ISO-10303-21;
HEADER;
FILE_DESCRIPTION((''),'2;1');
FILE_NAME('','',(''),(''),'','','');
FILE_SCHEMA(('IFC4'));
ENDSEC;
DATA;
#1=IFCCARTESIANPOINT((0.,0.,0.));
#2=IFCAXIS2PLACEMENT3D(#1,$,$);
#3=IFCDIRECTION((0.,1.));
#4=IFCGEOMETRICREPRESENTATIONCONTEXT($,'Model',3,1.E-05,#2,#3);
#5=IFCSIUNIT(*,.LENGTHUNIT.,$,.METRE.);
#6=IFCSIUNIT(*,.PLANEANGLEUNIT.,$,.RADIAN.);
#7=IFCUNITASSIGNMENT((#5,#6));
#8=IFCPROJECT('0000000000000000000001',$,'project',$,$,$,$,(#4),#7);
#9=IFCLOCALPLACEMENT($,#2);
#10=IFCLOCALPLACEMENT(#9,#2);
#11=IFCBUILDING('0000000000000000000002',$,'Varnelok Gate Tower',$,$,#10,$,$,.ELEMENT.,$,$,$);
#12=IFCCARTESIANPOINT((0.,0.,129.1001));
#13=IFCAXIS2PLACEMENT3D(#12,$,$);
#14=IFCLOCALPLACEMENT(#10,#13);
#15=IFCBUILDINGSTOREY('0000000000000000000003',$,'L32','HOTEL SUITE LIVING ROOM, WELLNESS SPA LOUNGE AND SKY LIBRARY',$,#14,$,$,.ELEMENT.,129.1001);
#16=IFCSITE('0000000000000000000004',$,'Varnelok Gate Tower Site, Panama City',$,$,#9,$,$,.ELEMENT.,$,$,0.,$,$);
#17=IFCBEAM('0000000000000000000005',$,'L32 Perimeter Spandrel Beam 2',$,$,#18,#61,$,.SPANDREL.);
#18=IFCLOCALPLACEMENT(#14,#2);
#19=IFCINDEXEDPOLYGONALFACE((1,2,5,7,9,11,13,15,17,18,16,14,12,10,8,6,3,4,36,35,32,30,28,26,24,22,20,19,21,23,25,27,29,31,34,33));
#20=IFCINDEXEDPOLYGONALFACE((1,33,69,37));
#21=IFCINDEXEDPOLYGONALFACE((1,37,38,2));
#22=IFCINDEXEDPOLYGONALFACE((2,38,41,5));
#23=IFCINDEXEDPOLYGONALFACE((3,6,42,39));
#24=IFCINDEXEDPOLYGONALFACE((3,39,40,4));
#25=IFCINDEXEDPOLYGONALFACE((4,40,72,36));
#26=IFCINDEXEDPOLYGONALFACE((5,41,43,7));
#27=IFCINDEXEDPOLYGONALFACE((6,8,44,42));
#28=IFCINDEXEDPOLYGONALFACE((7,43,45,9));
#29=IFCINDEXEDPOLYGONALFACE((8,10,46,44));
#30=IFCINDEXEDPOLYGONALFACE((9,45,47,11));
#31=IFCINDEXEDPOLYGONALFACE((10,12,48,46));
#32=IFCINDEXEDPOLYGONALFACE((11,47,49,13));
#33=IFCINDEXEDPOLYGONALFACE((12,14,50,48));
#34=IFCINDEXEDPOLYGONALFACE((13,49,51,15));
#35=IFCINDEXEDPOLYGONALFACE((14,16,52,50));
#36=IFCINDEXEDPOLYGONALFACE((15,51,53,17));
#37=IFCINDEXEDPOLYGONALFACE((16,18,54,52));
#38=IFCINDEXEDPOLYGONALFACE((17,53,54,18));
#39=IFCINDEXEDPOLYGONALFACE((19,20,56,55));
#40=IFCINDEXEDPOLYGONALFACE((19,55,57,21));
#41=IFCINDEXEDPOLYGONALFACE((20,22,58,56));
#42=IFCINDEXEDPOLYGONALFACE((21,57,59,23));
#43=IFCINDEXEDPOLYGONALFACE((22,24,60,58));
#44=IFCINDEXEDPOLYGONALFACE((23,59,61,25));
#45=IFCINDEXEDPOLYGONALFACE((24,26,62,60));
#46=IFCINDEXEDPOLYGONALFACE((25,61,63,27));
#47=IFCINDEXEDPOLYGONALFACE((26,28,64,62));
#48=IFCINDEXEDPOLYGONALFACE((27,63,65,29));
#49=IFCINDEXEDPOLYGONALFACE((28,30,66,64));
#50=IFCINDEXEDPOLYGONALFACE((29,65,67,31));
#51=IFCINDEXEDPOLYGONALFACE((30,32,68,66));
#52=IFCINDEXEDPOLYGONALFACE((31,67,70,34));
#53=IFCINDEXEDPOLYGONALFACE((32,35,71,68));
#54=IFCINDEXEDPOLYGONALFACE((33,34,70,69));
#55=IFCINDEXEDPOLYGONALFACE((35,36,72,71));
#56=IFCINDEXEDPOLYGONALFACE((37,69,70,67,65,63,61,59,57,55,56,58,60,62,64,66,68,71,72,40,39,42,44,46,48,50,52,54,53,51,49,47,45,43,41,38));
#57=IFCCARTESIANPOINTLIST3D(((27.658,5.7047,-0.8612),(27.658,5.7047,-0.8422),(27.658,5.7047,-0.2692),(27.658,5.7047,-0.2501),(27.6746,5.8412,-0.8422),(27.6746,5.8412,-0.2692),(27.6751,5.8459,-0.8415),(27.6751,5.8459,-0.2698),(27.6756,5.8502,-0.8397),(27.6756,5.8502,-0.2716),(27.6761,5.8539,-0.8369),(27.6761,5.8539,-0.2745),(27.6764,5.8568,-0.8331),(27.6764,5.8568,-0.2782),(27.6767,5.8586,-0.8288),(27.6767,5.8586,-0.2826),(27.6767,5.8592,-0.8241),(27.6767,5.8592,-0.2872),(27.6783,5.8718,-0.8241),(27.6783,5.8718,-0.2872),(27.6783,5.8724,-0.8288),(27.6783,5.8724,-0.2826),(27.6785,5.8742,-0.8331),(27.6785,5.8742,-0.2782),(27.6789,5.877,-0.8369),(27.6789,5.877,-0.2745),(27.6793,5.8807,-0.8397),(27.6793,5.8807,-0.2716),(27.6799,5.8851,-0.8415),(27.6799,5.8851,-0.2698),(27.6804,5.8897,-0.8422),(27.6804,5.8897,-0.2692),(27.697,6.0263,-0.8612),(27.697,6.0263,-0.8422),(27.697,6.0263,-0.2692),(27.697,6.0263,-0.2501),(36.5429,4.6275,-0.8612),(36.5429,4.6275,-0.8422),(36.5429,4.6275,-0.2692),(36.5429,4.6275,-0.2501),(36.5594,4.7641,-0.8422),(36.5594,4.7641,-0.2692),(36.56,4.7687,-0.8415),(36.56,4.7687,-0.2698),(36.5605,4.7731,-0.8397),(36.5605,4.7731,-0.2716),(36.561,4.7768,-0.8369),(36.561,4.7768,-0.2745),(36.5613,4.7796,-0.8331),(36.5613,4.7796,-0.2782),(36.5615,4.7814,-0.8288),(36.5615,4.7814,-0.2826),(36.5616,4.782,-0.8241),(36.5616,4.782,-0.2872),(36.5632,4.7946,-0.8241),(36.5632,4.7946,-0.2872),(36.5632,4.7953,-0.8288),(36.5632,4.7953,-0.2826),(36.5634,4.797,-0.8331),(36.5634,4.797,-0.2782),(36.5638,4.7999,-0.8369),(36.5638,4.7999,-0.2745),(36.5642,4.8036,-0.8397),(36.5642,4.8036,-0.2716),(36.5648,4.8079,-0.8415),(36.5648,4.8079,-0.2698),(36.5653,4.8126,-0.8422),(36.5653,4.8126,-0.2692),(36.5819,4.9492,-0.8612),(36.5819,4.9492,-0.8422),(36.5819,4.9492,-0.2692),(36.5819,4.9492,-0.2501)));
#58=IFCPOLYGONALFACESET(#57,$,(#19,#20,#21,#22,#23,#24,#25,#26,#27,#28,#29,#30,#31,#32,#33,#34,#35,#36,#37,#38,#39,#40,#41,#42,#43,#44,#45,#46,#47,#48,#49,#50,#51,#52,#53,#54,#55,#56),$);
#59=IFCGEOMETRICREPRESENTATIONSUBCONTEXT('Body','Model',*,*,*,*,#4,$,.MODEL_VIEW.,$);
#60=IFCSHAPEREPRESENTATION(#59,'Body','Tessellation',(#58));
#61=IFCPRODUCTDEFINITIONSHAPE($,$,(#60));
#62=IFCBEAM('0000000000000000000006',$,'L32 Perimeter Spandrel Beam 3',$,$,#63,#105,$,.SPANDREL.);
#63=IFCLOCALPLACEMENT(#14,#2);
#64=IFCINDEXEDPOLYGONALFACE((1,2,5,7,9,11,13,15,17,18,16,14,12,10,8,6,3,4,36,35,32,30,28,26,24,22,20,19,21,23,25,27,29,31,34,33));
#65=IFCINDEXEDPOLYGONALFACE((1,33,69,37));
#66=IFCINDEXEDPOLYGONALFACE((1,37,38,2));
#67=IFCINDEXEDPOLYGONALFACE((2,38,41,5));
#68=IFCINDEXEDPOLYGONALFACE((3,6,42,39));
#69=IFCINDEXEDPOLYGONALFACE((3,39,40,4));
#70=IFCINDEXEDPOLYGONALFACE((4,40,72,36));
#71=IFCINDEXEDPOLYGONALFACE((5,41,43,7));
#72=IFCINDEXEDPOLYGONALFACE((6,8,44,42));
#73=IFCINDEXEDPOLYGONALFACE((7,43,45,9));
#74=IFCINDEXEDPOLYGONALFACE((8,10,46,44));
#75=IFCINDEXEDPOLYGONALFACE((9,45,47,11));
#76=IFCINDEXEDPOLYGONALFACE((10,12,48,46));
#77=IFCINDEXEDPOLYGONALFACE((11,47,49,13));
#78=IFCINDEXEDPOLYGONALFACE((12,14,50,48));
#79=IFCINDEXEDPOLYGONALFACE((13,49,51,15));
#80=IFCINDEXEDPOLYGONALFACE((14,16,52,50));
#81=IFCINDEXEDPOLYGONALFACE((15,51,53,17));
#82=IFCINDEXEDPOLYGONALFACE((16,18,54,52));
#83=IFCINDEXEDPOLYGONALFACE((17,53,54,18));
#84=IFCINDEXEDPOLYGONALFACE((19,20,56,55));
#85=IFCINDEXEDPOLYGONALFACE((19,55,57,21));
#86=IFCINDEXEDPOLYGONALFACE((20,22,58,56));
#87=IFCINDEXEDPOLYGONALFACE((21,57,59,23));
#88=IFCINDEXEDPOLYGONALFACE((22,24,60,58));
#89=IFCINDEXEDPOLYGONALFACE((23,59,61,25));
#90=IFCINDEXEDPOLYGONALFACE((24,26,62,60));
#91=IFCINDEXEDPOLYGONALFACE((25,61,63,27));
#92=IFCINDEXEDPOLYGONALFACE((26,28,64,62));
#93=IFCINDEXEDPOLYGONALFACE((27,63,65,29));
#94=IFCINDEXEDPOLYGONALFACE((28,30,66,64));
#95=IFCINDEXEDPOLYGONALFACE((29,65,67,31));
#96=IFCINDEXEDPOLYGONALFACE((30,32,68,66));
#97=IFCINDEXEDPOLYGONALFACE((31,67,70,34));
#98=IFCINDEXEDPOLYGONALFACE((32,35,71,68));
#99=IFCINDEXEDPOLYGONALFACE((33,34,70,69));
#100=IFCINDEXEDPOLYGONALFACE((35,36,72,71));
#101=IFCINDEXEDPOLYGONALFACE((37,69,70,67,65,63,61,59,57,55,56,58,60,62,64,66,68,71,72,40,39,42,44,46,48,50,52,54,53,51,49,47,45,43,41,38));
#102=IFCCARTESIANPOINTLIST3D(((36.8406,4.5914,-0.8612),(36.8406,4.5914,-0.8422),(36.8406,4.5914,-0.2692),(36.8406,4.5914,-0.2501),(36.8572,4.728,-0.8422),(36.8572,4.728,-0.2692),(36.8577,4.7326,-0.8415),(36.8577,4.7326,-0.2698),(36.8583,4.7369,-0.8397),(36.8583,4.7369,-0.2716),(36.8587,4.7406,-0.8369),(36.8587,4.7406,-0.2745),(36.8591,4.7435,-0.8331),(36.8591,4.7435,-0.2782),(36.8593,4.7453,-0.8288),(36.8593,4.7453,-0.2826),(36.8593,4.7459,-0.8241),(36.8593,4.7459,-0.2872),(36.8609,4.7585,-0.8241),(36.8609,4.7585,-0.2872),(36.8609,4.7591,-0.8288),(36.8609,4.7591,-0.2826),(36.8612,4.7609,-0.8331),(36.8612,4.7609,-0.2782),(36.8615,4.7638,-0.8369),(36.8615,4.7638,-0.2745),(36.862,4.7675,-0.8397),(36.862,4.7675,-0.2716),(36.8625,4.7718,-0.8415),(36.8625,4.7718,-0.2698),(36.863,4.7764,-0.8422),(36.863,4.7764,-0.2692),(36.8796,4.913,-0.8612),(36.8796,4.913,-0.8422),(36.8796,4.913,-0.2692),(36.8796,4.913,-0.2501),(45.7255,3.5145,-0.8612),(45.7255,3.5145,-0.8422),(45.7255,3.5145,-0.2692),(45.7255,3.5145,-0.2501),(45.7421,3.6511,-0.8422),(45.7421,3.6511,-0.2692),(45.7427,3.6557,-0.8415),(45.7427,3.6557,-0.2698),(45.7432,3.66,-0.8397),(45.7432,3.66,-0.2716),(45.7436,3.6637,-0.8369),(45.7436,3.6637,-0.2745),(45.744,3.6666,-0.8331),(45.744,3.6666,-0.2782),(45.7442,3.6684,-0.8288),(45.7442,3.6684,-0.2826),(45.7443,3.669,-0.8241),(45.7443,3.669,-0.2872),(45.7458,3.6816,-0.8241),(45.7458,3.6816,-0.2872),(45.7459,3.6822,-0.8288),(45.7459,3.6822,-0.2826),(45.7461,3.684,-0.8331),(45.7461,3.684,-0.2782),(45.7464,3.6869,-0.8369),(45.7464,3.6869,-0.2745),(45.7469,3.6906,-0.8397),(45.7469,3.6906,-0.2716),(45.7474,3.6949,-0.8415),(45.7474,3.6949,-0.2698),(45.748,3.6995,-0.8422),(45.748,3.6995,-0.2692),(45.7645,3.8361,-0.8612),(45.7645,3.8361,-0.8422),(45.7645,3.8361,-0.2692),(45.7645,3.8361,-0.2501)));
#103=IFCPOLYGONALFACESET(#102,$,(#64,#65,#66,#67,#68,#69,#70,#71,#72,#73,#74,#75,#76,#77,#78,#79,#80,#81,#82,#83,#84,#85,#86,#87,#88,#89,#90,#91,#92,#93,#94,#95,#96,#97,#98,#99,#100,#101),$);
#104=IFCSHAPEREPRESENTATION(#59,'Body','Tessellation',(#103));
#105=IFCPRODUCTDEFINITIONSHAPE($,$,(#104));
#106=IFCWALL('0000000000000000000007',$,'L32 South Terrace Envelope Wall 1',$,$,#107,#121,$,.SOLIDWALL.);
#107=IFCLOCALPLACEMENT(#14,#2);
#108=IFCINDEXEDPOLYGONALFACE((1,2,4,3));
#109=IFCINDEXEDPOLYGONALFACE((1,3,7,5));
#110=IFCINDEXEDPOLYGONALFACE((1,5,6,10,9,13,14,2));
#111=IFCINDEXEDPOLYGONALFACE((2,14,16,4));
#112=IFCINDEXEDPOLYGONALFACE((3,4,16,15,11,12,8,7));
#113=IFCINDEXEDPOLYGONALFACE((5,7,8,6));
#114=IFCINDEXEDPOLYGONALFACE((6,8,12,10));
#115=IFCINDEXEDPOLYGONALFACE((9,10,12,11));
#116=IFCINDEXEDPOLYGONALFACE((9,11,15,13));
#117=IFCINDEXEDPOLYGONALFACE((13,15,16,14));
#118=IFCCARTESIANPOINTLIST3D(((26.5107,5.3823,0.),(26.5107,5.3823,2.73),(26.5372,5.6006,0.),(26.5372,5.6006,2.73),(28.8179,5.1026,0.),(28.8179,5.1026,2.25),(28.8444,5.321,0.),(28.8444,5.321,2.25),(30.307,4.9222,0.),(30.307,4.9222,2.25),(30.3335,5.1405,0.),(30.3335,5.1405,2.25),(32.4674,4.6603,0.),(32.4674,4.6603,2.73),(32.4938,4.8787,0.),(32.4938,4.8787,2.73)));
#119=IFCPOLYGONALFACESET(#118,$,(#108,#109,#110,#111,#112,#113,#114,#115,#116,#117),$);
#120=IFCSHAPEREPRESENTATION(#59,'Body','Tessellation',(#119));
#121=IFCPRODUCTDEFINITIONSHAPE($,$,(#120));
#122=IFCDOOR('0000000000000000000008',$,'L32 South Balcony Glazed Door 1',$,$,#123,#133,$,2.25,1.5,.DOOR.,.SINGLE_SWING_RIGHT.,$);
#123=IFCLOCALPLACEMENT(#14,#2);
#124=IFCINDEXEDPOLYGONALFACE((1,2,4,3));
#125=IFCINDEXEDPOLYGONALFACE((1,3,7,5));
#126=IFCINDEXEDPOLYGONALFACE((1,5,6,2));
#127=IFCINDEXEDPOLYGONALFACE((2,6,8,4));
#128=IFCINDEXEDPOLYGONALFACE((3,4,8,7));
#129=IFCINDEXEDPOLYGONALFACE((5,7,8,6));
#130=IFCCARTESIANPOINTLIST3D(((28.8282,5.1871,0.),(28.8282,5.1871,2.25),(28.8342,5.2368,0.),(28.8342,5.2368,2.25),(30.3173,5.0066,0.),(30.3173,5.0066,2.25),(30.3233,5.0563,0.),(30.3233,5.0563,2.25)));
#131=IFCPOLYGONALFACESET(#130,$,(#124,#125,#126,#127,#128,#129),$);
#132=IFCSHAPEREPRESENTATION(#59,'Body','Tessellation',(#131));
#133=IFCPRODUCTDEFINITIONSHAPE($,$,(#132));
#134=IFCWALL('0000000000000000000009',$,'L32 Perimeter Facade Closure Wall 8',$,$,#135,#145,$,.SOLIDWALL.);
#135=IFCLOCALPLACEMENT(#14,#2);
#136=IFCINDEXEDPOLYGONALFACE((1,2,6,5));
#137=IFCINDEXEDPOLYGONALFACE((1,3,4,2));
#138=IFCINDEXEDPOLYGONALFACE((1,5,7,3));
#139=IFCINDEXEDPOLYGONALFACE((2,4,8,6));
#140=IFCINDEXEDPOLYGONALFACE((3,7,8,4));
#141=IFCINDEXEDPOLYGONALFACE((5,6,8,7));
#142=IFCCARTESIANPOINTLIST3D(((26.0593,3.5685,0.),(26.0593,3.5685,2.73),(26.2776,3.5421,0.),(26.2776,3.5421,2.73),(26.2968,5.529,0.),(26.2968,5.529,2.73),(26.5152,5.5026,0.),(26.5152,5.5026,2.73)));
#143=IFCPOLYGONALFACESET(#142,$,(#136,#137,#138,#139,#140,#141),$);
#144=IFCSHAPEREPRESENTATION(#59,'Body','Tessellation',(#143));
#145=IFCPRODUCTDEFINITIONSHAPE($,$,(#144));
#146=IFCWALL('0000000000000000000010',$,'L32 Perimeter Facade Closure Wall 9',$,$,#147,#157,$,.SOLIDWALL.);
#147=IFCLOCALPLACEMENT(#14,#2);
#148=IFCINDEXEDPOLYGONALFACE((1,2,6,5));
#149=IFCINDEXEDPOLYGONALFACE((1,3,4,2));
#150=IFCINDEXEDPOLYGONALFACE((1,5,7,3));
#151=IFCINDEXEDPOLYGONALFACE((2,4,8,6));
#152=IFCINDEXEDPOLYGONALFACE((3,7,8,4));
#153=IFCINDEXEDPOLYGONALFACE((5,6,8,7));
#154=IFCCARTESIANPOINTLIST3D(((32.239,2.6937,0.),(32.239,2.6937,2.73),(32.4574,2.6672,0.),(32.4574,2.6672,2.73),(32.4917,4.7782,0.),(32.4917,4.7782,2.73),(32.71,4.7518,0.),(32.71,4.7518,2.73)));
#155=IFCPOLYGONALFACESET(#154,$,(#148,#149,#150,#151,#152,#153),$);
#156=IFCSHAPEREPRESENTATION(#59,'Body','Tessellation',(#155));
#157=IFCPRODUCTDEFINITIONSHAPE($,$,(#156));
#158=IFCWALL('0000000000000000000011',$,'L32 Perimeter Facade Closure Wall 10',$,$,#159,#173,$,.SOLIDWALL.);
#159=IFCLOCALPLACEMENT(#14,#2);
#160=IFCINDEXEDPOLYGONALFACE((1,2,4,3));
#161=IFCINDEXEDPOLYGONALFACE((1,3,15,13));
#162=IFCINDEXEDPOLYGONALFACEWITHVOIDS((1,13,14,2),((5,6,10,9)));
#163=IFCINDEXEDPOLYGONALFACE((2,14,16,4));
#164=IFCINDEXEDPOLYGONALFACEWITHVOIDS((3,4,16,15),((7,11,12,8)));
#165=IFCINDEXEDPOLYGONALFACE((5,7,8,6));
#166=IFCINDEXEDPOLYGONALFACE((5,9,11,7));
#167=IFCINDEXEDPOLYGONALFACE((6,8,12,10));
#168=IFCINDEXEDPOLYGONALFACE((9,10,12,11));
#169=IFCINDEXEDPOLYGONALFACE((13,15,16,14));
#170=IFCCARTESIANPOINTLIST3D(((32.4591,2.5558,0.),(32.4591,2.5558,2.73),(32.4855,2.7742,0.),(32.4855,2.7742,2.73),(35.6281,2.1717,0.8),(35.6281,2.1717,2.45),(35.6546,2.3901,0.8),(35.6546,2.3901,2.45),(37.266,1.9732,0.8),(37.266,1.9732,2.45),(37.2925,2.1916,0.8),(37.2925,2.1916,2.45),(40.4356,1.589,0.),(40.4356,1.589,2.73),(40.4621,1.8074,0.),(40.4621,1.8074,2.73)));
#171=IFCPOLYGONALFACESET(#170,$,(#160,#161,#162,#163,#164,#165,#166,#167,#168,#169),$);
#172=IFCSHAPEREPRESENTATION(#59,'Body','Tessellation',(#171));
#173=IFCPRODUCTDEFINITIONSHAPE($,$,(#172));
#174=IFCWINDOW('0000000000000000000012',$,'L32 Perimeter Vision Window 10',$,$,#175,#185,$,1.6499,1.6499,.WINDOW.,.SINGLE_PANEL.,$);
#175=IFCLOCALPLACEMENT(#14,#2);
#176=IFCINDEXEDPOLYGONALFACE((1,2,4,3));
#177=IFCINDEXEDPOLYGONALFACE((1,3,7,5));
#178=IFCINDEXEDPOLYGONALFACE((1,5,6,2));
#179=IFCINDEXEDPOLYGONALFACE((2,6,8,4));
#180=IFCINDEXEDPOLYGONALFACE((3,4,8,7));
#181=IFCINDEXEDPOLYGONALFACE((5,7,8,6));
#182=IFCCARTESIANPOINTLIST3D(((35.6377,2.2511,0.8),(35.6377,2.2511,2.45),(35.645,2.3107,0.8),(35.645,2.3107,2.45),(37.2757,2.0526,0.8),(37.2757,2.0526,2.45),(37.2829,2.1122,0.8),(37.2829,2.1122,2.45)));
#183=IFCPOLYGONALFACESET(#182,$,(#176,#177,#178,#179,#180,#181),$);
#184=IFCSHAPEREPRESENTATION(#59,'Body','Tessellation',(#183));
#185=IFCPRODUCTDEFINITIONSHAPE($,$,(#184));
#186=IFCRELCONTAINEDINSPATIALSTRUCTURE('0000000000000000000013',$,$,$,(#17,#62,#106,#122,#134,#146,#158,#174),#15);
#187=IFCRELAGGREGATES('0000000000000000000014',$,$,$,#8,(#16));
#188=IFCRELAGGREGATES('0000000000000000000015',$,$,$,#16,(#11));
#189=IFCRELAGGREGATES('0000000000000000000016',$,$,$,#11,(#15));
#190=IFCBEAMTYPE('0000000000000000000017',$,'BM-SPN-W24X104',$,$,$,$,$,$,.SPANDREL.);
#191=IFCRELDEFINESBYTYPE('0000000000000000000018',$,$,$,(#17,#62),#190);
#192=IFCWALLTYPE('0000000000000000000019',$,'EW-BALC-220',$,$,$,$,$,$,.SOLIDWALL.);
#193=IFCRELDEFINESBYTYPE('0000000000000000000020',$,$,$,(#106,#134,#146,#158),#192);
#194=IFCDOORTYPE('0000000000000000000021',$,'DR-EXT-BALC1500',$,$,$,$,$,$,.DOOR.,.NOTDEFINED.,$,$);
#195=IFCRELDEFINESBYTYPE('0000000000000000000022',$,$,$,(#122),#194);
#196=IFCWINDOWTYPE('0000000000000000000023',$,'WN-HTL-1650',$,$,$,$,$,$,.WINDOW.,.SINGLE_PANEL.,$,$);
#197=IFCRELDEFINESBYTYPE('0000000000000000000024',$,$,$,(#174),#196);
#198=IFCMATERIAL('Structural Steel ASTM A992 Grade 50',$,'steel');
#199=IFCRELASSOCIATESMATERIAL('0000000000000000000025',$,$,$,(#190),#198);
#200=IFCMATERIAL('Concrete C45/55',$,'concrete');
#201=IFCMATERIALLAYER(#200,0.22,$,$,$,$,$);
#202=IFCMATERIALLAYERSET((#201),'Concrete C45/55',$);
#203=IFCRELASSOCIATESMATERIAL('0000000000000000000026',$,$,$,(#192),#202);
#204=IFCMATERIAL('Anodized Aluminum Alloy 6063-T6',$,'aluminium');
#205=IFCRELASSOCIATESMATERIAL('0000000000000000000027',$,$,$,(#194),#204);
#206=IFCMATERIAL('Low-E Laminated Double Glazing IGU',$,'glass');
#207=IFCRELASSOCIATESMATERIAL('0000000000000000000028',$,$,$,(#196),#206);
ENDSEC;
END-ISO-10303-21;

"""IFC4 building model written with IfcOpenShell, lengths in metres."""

from ifc_helpers import new_model, si_unit, direction, frame, frame_2d, origin, origin_2d, place, context, subcontext, project, spatial, rectangle, i_section, extrude, material, layer, layer_set, material_profile, profile_set, type_object, element, fill, save


model = new_model("IFC4")

# Units and contexts
model_context = context("Model", 3, precision=1e-05, world=origin(), true_north=direction((0.0, 1.0)))
body_context = subcontext(model_context, "Body", "Model", "MODEL_VIEW")
ifc_project = project(units=[si_unit("LENGTHUNIT", "METRE"), si_unit("PLANEANGLEUNIT", "RADIAN")], contexts=[model_context])

# Site, building, storey
site_placement = place(None, origin())
site = spatial("IfcSite", under=ifc_project, at=site_placement, Name="Varnelok Gate Tower Site, Panama City", CompositionType="ELEMENT", RefElevation=0.0)
building_placement = place(site_placement, origin())
building = spatial("IfcBuilding", under=site, at=building_placement, Name="Varnelok Gate Tower", CompositionType="ELEMENT")
storey_placement = place(building_placement, frame((0.0, 0.0, 129.1001)))
storey = spatial("IfcBuildingStorey", under=building, at=storey_placement, Name="L32", Description="HOTEL SUITE LIVING ROOM, WELLNESS SPA LOUNGE AND SKY LIBRARY", CompositionType="ELEMENT", Elevation=129.1001)

# Shared definitions
ifc_material_1 = material(Name="Structural Steel ASTM A992 Grade 50", Category="steel")

# Beams
ifc_material_profile_1 = material_profile(ifc_material_1, i_section(OverallWidth=0.324, OverallDepth=0.6111, WebThickness=0.0127, FlangeThickness=0.019, FilletRadius=0.0181, at=origin_2d()), Name="W24X104")
ifc_profile_set_1 = profile_set([ifc_material_profile_1], Name="Structural Steel ASTM A992 Grade 50")
beam_type_1 = type_object("IfcBeamType", Name="BM-SPN-W24X104", PredefinedType="SPANDREL", material=ifc_profile_set_1)
for number, where, z_axis, x_axis, name in (
    (1, (27.6775, 5.8655, -0.5557), (0.992731, -0.120351, 0.0), (0.120351, 0.992731, 0.0), "L32 Perimeter Spandrel Beam 2"),
    (2, (36.8601, 4.7522, -0.5557), (0.992735, -0.120324, 0.0), (0.120324, 0.992735, 0.0), "L32 Perimeter Spandrel Beam 3"),
):
    element("IfcBeam", number, at=place(storey_placement, frame(where, z_axis=z_axis, x_axis=x_axis)), inside=storey, type_object=beam_type_1, Name=name, PredefinedType="SPANDREL", context=body_context, shape_type="SweptSolid", body=[
        extrude(i_section(OverallWidth=0.324, OverallDepth=0.6111, WebThickness=0.0127, FlangeThickness=0.019, FilletRadius=0.0181, at=origin_2d()), origin(), (0.0, 0.0, 1.0), 8.95),
    ])

# Wall, opening, door
ifc_material_2 = material(Name="Concrete C45/55", Category="concrete")
ifc_layer_1 = layer(ifc_material_2, 0.22)
ifc_layer_set_1 = layer_set([ifc_layer_1], Name="Concrete C45/55")
wall_type_1 = type_object("IfcWallType", Name="EW-BALC-220", PredefinedType="SOLIDWALL", material=ifc_layer_set_1)
wall_1_placement = place(storey_placement, frame((32.4805, 4.7695, 0.0), z_axis=(0.0, 0.0, 1.0), x_axis=(-0.992735, 0.120318, 0.0)))
wall_1 = element("IfcWall", 3, at=wall_1_placement, inside=storey, type_object=wall_type_1, Name="L32 South Terrace Envelope Wall 1", PredefinedType="SOLIDWALL", context=body_context, shape_type="SweptSolid", body=[
    extrude(rectangle(XDim=6.0002, YDim=0.22, at=frame_2d((3.0, 0.0))), origin(), (0.0, 0.0, 1.0), 2.73),
])
opening_1_placement = place(wall_1_placement, frame((2.176, 0.0, 0.0)))
opening_1 = element("IfcOpeningElement", 4, at=opening_1_placement, cuts=wall_1, PredefinedType="OPENING", context=body_context, shape_type="SweptSolid", body=[
    extrude(rectangle(XDim=1.5, YDim=2.25, at=frame_2d((0.75, 1.125))), frame((0.0, 0.1199, 0.0), z_axis=(0.0, -1.0, 0.0), x_axis=(1.0, 0.0, 0.0)), (0.0, 0.0, 1.0), 0.24),
])
ifc_material_3 = material(Name="Anodized Aluminum Alloy 6063-T6", Category="aluminium")
door_type_1 = type_object("IfcDoorType", Name="DR-EXT-BALC1500", OperationType="NOTDEFINED", PredefinedType="DOOR", material=ifc_material_3)
door_1_placement = place(opening_1_placement, origin())
door_1 = element("IfcDoor", 5, at=door_1_placement, inside=storey, type_object=door_type_1, Name="L32 South Balcony Glazed Door 1", OperationType="SINGLE_SWING_RIGHT", OverallHeight=2.25, OverallWidth=1.5, PredefinedType="DOOR", context=body_context, shape_type="SweptSolid", body=[
    extrude(rectangle(XDim=1.5, YDim=2.25, at=frame_2d((0.75, 1.125))), frame((0.0, 0.0249, 0.0), z_axis=(0.0, -1.0, 0.0), x_axis=(1.0, 0.0, 0.0)), (0.0, 0.0, 1.0), 0.05),
])
fill(opening_1, door_1)

# Walls
wall_2_placement = place(storey_placement, frame((26.1685, 3.5554, 0.0), z_axis=(0.0, 0.0, 1.0), x_axis=(0.120291, 0.992739, 0.0)))
element("IfcWall", 6, at=wall_2_placement, inside=storey, type_object=wall_type_1, Name="L32 Perimeter Facade Closure Wall 8", PredefinedType="SOLIDWALL", context=body_context, shape_type="SweptSolid", body=[
    extrude(rectangle(XDim=1.9749, YDim=0.22, at=frame_2d((0.9873, 0.0))), origin(), (0.0, 0.0, 1.0), 2.73),
])
wall_3_placement = place(storey_placement, frame((32.6008, 4.7649, 0.0), z_axis=(0.0, 0.0, 1.0), x_axis=(-0.120328, -0.992734, 0.0)))
element("IfcWall", 7, at=wall_3_placement, inside=storey, type_object=wall_type_1, Name="L32 Perimeter Facade Closure Wall 9", PredefinedType="SOLIDWALL", context=body_context, shape_type="SweptSolid", body=[
    extrude(rectangle(XDim=2.0999, YDim=0.22, at=frame_2d((1.0498, 0.0))), origin(), (0.0, 0.0, 1.0), 2.73),
])

# Wall, opening, window
wall_4_placement = place(storey_placement, frame((32.4722, 2.665, 0.0), z_axis=(0.0, 0.0, 1.0), x_axis=(0.992735, -0.120324, 0.0)))
wall_4 = element("IfcWall", 8, at=wall_4_placement, inside=storey, type_object=wall_type_1, Name="L32 Perimeter Facade Closure Wall 10", PredefinedType="SOLIDWALL", context=body_context, shape_type="SweptSolid", body=[
    extrude(rectangle(XDim=8.0349, YDim=0.22, at=frame_2d((4.0176, 0.0))), origin(), (0.0, 0.0, 1.0), 2.73),
])
opening_2_placement = place(wall_4_placement, frame((3.1924, 0.0, 0.8)))
opening_2 = element("IfcOpeningElement", 9, at=opening_2_placement, cuts=wall_4, PredefinedType="OPENING", context=body_context, shape_type="SweptSolid", body=[
    extrude(rectangle(XDim=1.6499, YDim=1.6499, at=frame_2d((0.825, 0.825))), frame((0.0, 0.1199, 0.0), z_axis=(0.0, -1.0, 0.0), x_axis=(1.0, 0.0, 0.0)), (0.0, 0.0, 1.0), 0.24),
])
ifc_material_4 = material(Name="Low-E Laminated Double Glazing IGU", Category="glass")
window_type = type_object("IfcWindowType", Name="WN-HTL-1650", PartitioningType="SINGLE_PANEL", PredefinedType="WINDOW", material=ifc_material_4)
window_placement = place(opening_2_placement, origin())
window = element("IfcWindow", 10, at=window_placement, inside=storey, type_object=window_type, Name="L32 Perimeter Vision Window 10", OverallHeight=1.6499, OverallWidth=1.6499, PartitioningType="SINGLE_PANEL", PredefinedType="WINDOW", context=body_context, shape_type="SweptSolid", body=[
    extrude(rectangle(XDim=1.6499, YDim=1.6499, at=frame_2d((0.825, 0.825))), frame((0.0, 0.03, 0.0), z_axis=(0.0, -1.0, 0.0), x_axis=(1.0, 0.0, 0.0)), (0.0, 0.0, 1.0), 0.0601),
])
fill(opening_2, window)

save(model, "model.ifc")
